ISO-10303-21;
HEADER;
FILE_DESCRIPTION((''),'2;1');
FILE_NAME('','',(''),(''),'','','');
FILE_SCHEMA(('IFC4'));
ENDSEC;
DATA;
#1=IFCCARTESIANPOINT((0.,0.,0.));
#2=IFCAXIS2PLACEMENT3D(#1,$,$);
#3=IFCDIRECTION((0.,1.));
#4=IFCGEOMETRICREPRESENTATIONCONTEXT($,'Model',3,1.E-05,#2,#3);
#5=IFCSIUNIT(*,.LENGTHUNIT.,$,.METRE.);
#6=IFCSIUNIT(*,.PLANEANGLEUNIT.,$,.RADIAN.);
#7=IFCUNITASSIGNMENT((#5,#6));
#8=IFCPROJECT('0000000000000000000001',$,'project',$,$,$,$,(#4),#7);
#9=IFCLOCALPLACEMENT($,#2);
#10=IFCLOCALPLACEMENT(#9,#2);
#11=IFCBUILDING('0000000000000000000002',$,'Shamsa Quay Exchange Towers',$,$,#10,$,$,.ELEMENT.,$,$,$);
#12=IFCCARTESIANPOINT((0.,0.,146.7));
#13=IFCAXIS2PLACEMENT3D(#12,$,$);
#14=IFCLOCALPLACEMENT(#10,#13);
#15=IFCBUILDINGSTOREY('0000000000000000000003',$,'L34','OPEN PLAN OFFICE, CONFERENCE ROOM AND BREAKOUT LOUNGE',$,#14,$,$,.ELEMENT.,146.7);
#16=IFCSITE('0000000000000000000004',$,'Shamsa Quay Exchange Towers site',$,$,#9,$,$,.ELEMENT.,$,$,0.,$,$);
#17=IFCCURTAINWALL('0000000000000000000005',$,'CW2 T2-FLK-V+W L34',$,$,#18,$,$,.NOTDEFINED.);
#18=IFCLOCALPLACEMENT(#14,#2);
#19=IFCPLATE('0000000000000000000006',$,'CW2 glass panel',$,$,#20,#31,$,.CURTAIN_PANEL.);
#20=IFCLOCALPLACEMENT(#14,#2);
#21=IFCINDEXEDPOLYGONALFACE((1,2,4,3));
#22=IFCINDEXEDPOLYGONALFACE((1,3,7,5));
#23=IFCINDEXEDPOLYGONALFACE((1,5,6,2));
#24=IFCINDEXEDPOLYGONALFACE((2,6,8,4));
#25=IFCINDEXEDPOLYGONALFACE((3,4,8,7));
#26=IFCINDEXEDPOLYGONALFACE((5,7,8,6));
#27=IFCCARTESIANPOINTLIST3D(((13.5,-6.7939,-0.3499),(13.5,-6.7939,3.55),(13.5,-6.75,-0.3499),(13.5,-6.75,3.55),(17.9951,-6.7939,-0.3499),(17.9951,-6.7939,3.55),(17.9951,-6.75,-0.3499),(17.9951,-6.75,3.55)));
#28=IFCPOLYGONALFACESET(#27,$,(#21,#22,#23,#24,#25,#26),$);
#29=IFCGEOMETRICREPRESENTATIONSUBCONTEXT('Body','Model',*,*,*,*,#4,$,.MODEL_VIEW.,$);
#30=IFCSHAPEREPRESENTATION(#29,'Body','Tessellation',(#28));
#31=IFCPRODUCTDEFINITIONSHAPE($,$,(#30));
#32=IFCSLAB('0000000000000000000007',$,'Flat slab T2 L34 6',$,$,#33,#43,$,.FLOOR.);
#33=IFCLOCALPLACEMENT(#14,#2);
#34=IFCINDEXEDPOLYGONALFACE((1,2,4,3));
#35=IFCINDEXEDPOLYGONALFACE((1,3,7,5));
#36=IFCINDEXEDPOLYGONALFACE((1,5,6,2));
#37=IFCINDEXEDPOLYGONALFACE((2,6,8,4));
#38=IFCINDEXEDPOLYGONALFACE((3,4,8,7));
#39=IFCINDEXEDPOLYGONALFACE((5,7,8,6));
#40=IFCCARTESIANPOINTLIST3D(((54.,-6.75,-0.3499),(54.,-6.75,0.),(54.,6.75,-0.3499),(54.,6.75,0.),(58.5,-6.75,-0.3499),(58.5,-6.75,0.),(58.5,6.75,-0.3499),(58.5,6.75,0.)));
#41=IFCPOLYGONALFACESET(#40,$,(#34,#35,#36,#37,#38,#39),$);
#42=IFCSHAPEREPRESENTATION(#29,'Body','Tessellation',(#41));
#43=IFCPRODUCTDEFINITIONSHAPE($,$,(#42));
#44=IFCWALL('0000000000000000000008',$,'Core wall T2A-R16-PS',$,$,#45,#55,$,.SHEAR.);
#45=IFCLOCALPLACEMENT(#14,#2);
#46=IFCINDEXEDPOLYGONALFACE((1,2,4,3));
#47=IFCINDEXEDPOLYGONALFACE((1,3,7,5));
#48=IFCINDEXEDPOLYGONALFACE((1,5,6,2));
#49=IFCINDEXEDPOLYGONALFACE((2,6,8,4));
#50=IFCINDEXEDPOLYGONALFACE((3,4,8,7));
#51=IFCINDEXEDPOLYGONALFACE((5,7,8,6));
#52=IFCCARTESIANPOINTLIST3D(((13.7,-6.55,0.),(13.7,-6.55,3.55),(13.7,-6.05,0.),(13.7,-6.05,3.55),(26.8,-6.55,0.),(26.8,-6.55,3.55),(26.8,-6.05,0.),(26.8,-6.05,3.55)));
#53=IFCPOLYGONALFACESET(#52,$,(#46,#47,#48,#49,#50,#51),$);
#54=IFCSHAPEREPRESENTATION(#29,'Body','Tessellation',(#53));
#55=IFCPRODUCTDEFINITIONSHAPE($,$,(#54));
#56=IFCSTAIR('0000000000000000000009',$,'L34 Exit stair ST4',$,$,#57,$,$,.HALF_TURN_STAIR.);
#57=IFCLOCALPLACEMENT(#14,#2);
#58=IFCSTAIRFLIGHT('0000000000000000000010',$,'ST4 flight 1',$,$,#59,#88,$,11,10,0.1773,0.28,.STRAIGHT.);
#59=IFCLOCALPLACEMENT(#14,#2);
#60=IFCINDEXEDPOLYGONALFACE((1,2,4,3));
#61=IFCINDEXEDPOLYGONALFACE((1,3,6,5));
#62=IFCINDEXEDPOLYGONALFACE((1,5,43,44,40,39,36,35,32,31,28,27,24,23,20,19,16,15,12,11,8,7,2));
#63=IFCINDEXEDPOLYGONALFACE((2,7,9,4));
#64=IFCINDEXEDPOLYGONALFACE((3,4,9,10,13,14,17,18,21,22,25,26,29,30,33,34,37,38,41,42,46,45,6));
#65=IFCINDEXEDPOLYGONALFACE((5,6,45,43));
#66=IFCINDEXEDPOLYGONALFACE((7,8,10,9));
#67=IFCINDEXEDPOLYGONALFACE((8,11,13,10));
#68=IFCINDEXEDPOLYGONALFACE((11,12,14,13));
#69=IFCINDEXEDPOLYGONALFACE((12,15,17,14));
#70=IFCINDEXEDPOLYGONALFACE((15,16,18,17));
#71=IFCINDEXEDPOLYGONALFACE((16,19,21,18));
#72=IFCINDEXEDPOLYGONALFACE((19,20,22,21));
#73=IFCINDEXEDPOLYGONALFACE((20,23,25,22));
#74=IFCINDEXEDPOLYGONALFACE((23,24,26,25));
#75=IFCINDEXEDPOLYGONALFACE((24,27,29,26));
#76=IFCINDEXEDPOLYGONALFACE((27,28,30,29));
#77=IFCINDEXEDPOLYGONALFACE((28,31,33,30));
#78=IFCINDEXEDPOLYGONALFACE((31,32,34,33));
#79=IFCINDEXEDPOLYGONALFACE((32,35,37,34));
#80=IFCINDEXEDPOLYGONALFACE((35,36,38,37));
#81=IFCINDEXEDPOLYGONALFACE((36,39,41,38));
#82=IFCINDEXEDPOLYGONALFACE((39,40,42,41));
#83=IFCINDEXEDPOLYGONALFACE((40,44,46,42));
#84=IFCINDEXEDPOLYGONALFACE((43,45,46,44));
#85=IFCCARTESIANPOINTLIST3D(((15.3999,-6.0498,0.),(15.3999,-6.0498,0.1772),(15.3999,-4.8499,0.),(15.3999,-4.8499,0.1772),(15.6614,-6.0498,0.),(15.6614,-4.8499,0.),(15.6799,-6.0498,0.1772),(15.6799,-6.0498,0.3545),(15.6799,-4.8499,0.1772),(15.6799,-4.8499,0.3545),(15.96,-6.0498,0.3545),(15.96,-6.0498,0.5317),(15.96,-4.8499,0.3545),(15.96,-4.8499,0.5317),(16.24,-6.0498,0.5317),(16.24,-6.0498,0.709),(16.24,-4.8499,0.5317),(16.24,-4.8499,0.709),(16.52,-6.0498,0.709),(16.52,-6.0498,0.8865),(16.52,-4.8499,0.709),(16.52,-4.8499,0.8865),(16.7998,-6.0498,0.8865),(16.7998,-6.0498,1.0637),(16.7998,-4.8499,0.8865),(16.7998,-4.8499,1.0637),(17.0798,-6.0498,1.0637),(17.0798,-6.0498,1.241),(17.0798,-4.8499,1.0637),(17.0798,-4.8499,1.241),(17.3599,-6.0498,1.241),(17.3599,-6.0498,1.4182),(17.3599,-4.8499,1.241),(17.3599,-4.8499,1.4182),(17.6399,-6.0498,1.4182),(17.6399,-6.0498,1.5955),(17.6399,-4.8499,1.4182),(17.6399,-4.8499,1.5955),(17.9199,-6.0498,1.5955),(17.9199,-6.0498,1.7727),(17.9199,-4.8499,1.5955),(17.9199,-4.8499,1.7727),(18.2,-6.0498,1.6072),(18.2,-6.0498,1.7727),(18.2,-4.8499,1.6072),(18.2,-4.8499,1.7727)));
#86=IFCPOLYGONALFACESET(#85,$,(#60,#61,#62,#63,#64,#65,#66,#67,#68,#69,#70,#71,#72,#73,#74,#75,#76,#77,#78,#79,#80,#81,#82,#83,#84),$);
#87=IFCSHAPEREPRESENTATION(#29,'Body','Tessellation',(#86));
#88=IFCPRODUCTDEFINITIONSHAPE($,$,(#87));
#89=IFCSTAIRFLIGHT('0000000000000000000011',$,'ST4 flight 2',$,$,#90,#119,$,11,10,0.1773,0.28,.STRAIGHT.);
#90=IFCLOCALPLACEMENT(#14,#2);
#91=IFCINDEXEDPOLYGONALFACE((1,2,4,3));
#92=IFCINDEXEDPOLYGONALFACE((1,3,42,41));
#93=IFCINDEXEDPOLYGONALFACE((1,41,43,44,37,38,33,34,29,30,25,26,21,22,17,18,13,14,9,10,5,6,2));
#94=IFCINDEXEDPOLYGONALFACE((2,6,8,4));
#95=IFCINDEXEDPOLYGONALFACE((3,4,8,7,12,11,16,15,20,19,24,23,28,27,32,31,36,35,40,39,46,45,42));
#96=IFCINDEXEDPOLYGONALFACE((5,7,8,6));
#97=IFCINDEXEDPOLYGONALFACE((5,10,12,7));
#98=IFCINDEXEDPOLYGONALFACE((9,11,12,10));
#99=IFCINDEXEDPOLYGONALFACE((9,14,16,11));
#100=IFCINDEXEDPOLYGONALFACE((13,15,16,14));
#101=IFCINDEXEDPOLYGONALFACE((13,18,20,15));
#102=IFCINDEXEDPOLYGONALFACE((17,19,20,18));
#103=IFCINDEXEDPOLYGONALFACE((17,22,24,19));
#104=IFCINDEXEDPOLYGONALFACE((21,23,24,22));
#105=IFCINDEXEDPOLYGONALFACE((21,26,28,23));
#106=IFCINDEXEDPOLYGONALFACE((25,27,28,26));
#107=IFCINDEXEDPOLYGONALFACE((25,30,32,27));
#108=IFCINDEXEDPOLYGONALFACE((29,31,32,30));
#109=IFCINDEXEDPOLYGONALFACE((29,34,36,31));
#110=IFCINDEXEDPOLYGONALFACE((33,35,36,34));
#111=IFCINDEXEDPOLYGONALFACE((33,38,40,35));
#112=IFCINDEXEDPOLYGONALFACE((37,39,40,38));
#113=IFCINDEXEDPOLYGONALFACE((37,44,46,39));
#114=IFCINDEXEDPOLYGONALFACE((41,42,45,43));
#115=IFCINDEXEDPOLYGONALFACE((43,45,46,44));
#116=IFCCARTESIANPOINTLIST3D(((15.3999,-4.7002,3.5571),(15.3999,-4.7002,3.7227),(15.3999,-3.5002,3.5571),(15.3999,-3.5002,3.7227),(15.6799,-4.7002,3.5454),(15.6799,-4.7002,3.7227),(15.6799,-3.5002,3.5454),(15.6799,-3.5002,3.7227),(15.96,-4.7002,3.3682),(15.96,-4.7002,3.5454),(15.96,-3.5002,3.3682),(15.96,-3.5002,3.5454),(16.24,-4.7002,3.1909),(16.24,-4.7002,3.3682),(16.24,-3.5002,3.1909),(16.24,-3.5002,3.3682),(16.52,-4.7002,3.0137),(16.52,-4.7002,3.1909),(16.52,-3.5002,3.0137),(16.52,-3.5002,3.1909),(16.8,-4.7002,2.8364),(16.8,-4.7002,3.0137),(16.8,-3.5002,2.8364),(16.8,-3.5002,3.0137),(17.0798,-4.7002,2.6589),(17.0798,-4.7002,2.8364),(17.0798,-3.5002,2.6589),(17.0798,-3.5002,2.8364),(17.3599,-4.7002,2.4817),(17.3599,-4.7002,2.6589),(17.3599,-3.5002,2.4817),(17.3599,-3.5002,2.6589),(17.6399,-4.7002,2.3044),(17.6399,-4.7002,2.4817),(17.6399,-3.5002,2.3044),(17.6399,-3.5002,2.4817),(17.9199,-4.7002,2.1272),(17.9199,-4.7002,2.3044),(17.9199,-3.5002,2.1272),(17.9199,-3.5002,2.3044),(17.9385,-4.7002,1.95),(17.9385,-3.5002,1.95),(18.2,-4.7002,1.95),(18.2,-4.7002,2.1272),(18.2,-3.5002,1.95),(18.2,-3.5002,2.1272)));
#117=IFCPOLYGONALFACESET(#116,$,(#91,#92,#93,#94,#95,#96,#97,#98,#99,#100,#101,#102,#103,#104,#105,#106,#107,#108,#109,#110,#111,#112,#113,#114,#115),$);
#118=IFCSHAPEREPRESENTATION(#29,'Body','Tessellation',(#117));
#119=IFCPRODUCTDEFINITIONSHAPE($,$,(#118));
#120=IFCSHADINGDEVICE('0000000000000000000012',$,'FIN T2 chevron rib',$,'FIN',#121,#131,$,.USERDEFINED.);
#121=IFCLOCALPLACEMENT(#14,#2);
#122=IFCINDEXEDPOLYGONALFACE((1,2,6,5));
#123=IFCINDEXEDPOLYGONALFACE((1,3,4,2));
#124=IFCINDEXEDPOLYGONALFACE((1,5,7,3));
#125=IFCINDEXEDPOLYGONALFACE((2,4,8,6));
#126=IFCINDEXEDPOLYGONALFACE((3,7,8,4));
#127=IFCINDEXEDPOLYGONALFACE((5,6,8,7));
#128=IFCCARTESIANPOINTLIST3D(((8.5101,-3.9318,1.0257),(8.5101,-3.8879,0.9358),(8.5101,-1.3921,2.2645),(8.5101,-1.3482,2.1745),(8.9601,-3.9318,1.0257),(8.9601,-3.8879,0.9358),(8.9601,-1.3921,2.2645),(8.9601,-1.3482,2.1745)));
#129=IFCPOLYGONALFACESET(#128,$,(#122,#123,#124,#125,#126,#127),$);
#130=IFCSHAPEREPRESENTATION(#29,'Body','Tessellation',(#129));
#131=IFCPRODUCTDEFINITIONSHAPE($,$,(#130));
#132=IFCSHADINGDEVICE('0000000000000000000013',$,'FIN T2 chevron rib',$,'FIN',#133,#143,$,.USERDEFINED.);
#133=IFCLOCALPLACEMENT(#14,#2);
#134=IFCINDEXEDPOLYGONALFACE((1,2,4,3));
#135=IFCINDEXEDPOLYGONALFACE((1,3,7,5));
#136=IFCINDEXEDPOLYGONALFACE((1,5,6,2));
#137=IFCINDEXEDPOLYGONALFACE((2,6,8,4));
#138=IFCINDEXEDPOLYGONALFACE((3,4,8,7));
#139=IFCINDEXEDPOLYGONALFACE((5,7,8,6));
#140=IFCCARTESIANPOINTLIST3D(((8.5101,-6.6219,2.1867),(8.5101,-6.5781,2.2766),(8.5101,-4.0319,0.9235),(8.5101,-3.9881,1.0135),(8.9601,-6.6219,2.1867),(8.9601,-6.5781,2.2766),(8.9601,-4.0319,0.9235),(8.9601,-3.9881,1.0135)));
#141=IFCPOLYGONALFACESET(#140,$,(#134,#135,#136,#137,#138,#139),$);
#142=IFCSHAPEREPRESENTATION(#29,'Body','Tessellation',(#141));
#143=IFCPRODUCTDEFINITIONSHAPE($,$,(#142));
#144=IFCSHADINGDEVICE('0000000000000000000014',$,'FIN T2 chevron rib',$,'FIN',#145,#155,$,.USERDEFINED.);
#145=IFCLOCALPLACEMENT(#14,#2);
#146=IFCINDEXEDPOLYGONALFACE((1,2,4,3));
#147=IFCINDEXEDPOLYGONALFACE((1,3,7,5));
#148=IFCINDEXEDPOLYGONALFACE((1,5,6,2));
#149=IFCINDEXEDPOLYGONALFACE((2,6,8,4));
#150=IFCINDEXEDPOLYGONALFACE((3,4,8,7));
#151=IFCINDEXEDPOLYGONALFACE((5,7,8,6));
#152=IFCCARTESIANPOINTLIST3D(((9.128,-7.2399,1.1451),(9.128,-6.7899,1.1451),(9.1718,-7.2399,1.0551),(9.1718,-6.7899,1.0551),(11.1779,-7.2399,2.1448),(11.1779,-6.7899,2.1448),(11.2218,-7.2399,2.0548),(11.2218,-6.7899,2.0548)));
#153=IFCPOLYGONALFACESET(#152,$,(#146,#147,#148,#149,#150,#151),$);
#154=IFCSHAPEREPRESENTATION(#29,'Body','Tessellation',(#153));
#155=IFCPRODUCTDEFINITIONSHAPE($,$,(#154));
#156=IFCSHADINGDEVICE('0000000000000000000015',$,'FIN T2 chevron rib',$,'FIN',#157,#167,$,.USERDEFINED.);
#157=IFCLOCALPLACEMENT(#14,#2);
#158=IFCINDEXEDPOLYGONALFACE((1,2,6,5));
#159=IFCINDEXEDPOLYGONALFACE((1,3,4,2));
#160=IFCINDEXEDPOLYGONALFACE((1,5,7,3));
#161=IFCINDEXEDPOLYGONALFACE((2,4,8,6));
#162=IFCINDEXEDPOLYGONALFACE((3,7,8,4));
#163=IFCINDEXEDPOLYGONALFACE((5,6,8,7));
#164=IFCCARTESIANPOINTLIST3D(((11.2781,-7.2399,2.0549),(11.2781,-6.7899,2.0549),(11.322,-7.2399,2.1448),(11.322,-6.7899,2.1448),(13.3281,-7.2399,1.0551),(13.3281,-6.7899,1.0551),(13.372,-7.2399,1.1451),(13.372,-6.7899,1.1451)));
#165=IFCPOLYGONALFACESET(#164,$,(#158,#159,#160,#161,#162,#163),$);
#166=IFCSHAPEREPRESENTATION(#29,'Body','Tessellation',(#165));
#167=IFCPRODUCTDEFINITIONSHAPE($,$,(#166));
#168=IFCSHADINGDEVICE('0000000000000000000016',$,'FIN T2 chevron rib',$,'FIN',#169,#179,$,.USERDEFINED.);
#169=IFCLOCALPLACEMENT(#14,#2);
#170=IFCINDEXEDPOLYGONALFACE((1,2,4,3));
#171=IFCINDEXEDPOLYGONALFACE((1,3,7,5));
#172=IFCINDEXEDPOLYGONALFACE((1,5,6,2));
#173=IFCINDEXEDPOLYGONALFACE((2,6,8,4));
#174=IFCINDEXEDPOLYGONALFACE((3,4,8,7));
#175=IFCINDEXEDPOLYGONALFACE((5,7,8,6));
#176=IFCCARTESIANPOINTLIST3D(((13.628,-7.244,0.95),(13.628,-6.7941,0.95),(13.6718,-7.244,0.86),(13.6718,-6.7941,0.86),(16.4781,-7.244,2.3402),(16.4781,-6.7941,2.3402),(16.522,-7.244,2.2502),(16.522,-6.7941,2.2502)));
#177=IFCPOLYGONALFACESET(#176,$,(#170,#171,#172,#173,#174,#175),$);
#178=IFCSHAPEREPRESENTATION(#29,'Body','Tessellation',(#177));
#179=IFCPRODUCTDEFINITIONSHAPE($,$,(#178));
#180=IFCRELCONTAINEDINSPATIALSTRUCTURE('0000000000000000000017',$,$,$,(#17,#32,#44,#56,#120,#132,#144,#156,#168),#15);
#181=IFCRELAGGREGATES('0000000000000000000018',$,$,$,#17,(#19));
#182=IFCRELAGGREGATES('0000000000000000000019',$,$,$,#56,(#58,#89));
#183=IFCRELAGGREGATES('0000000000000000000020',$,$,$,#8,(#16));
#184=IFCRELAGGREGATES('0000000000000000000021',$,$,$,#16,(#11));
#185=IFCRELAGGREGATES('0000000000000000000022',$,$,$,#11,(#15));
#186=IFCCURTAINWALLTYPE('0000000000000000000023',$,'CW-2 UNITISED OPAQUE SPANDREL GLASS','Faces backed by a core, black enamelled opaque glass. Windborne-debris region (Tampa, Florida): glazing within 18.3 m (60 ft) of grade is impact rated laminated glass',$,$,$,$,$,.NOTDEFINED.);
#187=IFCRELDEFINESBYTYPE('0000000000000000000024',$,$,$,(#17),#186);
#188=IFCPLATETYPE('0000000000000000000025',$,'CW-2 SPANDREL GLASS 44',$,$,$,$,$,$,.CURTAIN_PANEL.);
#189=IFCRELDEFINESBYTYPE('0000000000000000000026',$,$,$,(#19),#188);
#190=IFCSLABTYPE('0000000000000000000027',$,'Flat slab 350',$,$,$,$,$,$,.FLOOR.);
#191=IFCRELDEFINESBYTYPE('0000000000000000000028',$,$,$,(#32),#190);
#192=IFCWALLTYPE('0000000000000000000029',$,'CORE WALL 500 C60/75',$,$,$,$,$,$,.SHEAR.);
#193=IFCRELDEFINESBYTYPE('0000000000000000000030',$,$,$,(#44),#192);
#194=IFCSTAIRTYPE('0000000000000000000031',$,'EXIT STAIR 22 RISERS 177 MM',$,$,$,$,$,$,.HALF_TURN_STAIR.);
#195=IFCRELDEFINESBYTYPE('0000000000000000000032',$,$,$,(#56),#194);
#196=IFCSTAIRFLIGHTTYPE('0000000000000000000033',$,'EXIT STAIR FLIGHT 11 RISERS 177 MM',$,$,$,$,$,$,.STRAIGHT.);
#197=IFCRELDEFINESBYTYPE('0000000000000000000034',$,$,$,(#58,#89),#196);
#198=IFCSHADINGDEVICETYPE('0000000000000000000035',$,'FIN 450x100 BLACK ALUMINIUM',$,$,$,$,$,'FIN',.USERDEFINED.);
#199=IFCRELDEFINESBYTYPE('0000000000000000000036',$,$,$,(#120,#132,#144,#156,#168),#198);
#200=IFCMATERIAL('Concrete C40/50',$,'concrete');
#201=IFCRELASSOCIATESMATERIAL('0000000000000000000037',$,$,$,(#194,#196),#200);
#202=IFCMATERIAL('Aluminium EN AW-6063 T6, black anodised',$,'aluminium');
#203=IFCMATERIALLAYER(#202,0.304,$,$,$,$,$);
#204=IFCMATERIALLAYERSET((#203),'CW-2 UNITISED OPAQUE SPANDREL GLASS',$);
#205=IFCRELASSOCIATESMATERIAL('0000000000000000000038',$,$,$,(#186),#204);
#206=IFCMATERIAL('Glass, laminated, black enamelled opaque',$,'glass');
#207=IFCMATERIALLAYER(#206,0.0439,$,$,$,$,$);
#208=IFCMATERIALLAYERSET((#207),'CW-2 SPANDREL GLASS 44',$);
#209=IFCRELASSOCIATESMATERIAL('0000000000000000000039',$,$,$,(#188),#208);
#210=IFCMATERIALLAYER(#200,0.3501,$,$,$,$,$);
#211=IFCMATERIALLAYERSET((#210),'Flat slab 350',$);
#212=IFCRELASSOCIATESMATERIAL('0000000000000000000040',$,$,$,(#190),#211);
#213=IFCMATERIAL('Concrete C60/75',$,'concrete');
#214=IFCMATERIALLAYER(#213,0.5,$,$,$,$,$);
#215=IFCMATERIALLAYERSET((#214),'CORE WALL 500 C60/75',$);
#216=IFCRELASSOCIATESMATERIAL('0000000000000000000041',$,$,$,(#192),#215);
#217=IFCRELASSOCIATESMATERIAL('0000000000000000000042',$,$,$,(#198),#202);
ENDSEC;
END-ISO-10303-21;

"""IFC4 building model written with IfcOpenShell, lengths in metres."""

from ifc_helpers import new_model, si_unit, direction, frame, frame_2d, origin, origin_2d, place, context, subcontext, project, spatial, polyline, rectangle, outline, extrude, material, layer, layer_set, material_profile, profile_set, type_object, element, aggregate, save


model = new_model("IFC4")

# Units and contexts
model_context = context("Model", 3, precision=1e-05, world=origin(), true_north=direction((0.0, 1.0)))
body_context = subcontext(model_context, "Body", "Model", "MODEL_VIEW")
ifc_project = project(units=[si_unit("LENGTHUNIT", "METRE"), si_unit("PLANEANGLEUNIT", "RADIAN")], contexts=[model_context])

# Site, building, storey
site_placement = place(None, origin())
site = spatial("IfcSite", under=ifc_project, at=site_placement, Name="Shamsa Quay Exchange Towers site", CompositionType="ELEMENT", RefElevation=0.0)
building_placement = place(site_placement, origin())
building = spatial("IfcBuilding", under=site, at=building_placement, Name="Shamsa Quay Exchange Towers", CompositionType="ELEMENT")
storey_placement = place(building_placement, frame((0.0, 0.0, 146.7)))
storey = spatial("IfcBuildingStorey", under=building, at=storey_placement, Name="L34", Description="OPEN PLAN OFFICE, CONFERENCE ROOM AND BREAKOUT LOUNGE", CompositionType="ELEMENT", Elevation=146.7)

# Shared definitions
ifc_material_1 = material(Name="Aluminium EN AW-6063 T6, black anodised", Category="aluminium")

# Shared definitions
ifc_material_2 = material(Name="Concrete C40/50", Category="concrete")
stair_type = type_object("IfcStairType", Name="EXIT STAIR 22 RISERS 177 MM", PredefinedType="HALF_TURN_STAIR", material=ifc_material_2)

# Curtain wall, plate
ifc_layer_1 = layer(ifc_material_1, 0.304)
ifc_layer_set_1 = layer_set([ifc_layer_1], Name="CW-2 UNITISED OPAQUE SPANDREL GLASS")
curtain_wall_type_1 = type_object("IfcCurtainWallType", Name="CW-2 UNITISED OPAQUE SPANDREL GLASS", Description="Faces backed by a core, black enamelled opaque glass. Windborne-debris region (Tampa, Florida): glazing within 18.3 m (60 ft) of grade is impact rated laminated glass", PredefinedType="NOTDEFINED", material=ifc_layer_set_1)
curtain_wall_1_placement = place(storey_placement, origin())
curtain_wall_1 = element("IfcCurtainWall", 1, at=curtain_wall_1_placement, inside=storey, type_object=curtain_wall_type_1, Name="CW2 T2-FLK-V+W L34", PredefinedType="NOTDEFINED")
ifc_material_3 = material(Name="Glass, laminated, black enamelled opaque", Category="glass")
ifc_layer_2 = layer(ifc_material_3, 0.0439)
ifc_layer_set_2 = layer_set([ifc_layer_2], Name="CW-2 SPANDREL GLASS 44")
plate_type_1 = type_object("IfcPlateType", Name="CW-2 SPANDREL GLASS 44", PredefinedType="CURTAIN_PANEL", material=ifc_layer_set_2)
plate_1_placement = place(storey_placement, frame((15.7476, -6.772, -0.3499)))
plate_1 = element("IfcPlate", 2, at=plate_1_placement, type_object=plate_type_1, Name="CW2 glass panel", PredefinedType="CURTAIN_PANEL", context=body_context, shape_type="SweptSolid", body=[
    extrude(rectangle(XDim=4.4951, YDim=0.0439, at=origin_2d()), origin(), (0.0, 0.0, 1.0), 3.8999),
])
aggregate(curtain_wall_1, [plate_1])

# Slab
ifc_layer_3 = layer(ifc_material_2, 0.3501)
ifc_layer_set_3 = layer_set([ifc_layer_3], Name="Flat slab 350")
slab_type_1 = type_object("IfcSlabType", Name="Flat slab 350", PredefinedType="FLOOR", material=ifc_layer_set_3)
slab_1_placement = place(storey_placement, frame((0.0, 0.0, -0.3499)))
element("IfcSlab", 3, at=slab_1_placement, inside=storey, type_object=slab_type_1, Name="Flat slab T2 L34 6", PredefinedType="FLOOR", context=body_context, shape_type="SweptSolid", body=[
    extrude(outline(polyline([(58.5, 6.75), (54.0, 6.75), (54.0, -6.75), (58.5, -6.75), (58.5, 6.75)])), origin(), (0.0, 0.0, 1.0), 0.3499),
])

# Wall
ifc_material_4 = material(Name="Concrete C60/75", Category="concrete")
ifc_layer_4 = layer(ifc_material_4, 0.5)
ifc_layer_set_4 = layer_set([ifc_layer_4], Name="CORE WALL 500 C60/75")
wall_type = type_object("IfcWallType", Name="CORE WALL 500 C60/75", PredefinedType="SHEAR", material=ifc_layer_set_4)
wall_placement = place(storey_placement, frame((13.7, -6.3, 0.0)))
element("IfcWall", 4, at=wall_placement, inside=storey, type_object=wall_type, Name="Core wall T2A-R16-PS", PredefinedType="SHEAR", context=body_context, shape_type="SweptSolid", body=[
    extrude(rectangle(XDim=13.1001, YDim=0.5, at=frame_2d((6.55, 0.0))), origin(), (0.0, 0.0, 1.0), 3.55),
])

# Stair, stair flights
stair_1_placement = place(storey_placement, origin())
stair_1 = element("IfcStair", 5, at=stair_1_placement, inside=storey, type_object=stair_type, Name="L34 Exit stair ST4", PredefinedType="HALF_TURN_STAIR")
stair_flight_type = type_object("IfcStairFlightType", Name="EXIT STAIR FLIGHT 11 RISERS 177 MM", PredefinedType="STRAIGHT", material=ifc_material_2)
stair_flight_1_placement = place(storey_placement, frame((15.3999, -5.45, 0.0)))
stair_flight_1 = element("IfcStairFlight", 6, at=stair_flight_1_placement, type_object=stair_flight_type, Name="ST4 flight 1", NumberOfRisers=11, NumberOfTreads=10, PredefinedType="STRAIGHT", RiserHeight=0.1773, TreadLength=0.28, context=body_context, shape_type="SweptSolid", body=[
    extrude(outline(polyline([(0.0, 0.0), (0.0, 0.1772), (0.28, 0.1772), (0.28, 0.3545), (0.5601, 0.3545), (0.5601, 0.5317), (0.8401, 0.5317), (0.8401, 0.709), (1.1201, 0.709), (1.1201, 0.8865), (1.3999, 0.8865), (1.3999, 1.0637), (1.6799, 1.0637), (1.6799, 1.241), (1.96, 1.241), (1.96, 1.4182), (2.24, 1.4182), (2.24, 1.5955), (2.52, 1.5955), (2.52, 1.7727), (2.8, 1.7727), (2.8, 1.95), (2.8, 1.6072), (0.2615, 0.0), (0.0, 0.0)])), frame((0.0, 0.6001, 0.0), z_axis=(0.0, -1.0, 0.0), x_axis=(1.0, 0.0, 0.0)), (0.0, 0.0, 1.0), 1.2),
])
stair_flight_2_placement = place(storey_placement, frame((18.2, -4.1001, 1.95), z_axis=(0.0, 0.0, 1.0), x_axis=(-1.0, 0.0, 0.0)))
stair_flight_2 = element("IfcStairFlight", 7, at=stair_flight_2_placement, type_object=stair_flight_type, Name="ST4 flight 2", NumberOfRisers=11, NumberOfTreads=10, PredefinedType="STRAIGHT", RiserHeight=0.1773, TreadLength=0.28, context=body_context, shape_type="SweptSolid", body=[
    extrude(outline(polyline([(0.0, 0.0), (0.0, 0.1772), (0.28, 0.1772), (0.28, 0.3545), (0.5601, 0.3545), (0.5601, 0.5317), (0.8401, 0.5317), (0.8401, 0.709), (1.1201, 0.709), (1.1201, 0.8865), (1.3999, 0.8865), (1.3999, 1.0637), (1.6799, 1.0637), (1.6799, 1.241), (1.96, 1.241), (1.96, 1.4182), (2.24, 1.4182), (2.24, 1.5955), (2.52, 1.5955), (2.52, 1.7727), (2.8, 1.7727), (2.8, 1.95), (2.8, 1.6072), (0.2615, 0.0), (0.0, 0.0)])), frame((0.0, 0.6001, 0.0), z_axis=(0.0, -1.0, 0.0), x_axis=(1.0, 0.0, 0.0)), (0.0, 0.0, 1.0), 1.2),
])
aggregate(stair_1, [stair_flight_1, stair_flight_2])

# Shading devices
ifc_material_profile_1 = material_profile(ifc_material_1, rectangle(XDim=0.45, YDim=0.1001, at=origin_2d()), Name="FIN450x100")
ifc_profile_set_1 = profile_set([ifc_material_profile_1], Name="Aluminium EN AW-6063 T6, black anodised")
shading_device_type = type_object("IfcShadingDeviceType", Name="FIN 450x100 BLACK ALUMINIUM", ElementType="FIN", PredefinedType="USERDEFINED", material=ifc_profile_set_1)
shading_device_1_placement = place(storey_placement, frame((8.7351, -1.3701, 2.2195), z_axis=(0.0, -0.89879, -0.438379), x_axis=(1.0, 0.0, 0.0)))
element("IfcShadingDevice", 8, at=shading_device_1_placement, inside=storey, type_object=shading_device_type, Name="FIN T2 chevron rib", ObjectType="FIN", PredefinedType="USERDEFINED", context=body_context, shape_type="SweptSolid", body=[
    extrude(rectangle(XDim=0.45, YDim=0.1001, at=origin_2d()), origin(), (0.0, 0.0, 1.0), 2.8257),
])
shading_device_2_placement = place(storey_placement, frame((8.7351, -4.01, 0.9685), z_axis=(0.0, -0.898806, 0.438347), x_axis=(1.0, 0.0, 0.0)))
element("IfcShadingDevice", 9, at=shading_device_2_placement, inside=storey, type_object=shading_device_type, Name="FIN T2 chevron rib", ObjectType="FIN", PredefinedType="USERDEFINED", context=body_context, shape_type="SweptSolid", body=[
    extrude(rectangle(XDim=0.45, YDim=0.1001, at=origin_2d()), origin(), (0.0, 0.0, 1.0), 2.8816),
])
for number, where, z_axis, x_axis, name in (
    (10, (9.1499, -7.0149, 1.1001), (0.898815, 0.0, 0.438329), (0.0, 1.0, 0.0), "FIN T2 chevron rib"),
    (11, (11.3, -7.0149, 2.0999), (0.898815, 0.0, -0.438329), (0.0, 1.0, 0.0), "FIN T2 chevron rib"),
):
    element("IfcShadingDevice", number, at=place(storey_placement, frame(where, z_axis=z_axis, x_axis=x_axis)), inside=storey, type_object=shading_device_type, Name=name, ObjectType="FIN", PredefinedType="USERDEFINED", context=body_context, shape_type="SweptSolid", body=[
        extrude(rectangle(XDim=0.45, YDim=0.1001, at=origin_2d()), origin(), (0.0, 0.0, 1.0), 2.2808),
    ])
shading_device_3_placement = place(storey_placement, frame((13.6499, -7.019, 0.905), z_axis=(0.898788, 0.0, 0.438384), x_axis=(0.0, 1.0, 0.0)))
element("IfcShadingDevice", 12, at=shading_device_3_placement, inside=storey, type_object=shading_device_type, Name="FIN T2 chevron rib", ObjectType="FIN", PredefinedType="USERDEFINED", context=body_context, shape_type="SweptSolid", body=[
    extrude(rectangle(XDim=0.45, YDim=0.1001, at=origin_2d()), origin(), (0.0, 0.0, 1.0), 3.1711),
])

save(model, "model.ifc")
